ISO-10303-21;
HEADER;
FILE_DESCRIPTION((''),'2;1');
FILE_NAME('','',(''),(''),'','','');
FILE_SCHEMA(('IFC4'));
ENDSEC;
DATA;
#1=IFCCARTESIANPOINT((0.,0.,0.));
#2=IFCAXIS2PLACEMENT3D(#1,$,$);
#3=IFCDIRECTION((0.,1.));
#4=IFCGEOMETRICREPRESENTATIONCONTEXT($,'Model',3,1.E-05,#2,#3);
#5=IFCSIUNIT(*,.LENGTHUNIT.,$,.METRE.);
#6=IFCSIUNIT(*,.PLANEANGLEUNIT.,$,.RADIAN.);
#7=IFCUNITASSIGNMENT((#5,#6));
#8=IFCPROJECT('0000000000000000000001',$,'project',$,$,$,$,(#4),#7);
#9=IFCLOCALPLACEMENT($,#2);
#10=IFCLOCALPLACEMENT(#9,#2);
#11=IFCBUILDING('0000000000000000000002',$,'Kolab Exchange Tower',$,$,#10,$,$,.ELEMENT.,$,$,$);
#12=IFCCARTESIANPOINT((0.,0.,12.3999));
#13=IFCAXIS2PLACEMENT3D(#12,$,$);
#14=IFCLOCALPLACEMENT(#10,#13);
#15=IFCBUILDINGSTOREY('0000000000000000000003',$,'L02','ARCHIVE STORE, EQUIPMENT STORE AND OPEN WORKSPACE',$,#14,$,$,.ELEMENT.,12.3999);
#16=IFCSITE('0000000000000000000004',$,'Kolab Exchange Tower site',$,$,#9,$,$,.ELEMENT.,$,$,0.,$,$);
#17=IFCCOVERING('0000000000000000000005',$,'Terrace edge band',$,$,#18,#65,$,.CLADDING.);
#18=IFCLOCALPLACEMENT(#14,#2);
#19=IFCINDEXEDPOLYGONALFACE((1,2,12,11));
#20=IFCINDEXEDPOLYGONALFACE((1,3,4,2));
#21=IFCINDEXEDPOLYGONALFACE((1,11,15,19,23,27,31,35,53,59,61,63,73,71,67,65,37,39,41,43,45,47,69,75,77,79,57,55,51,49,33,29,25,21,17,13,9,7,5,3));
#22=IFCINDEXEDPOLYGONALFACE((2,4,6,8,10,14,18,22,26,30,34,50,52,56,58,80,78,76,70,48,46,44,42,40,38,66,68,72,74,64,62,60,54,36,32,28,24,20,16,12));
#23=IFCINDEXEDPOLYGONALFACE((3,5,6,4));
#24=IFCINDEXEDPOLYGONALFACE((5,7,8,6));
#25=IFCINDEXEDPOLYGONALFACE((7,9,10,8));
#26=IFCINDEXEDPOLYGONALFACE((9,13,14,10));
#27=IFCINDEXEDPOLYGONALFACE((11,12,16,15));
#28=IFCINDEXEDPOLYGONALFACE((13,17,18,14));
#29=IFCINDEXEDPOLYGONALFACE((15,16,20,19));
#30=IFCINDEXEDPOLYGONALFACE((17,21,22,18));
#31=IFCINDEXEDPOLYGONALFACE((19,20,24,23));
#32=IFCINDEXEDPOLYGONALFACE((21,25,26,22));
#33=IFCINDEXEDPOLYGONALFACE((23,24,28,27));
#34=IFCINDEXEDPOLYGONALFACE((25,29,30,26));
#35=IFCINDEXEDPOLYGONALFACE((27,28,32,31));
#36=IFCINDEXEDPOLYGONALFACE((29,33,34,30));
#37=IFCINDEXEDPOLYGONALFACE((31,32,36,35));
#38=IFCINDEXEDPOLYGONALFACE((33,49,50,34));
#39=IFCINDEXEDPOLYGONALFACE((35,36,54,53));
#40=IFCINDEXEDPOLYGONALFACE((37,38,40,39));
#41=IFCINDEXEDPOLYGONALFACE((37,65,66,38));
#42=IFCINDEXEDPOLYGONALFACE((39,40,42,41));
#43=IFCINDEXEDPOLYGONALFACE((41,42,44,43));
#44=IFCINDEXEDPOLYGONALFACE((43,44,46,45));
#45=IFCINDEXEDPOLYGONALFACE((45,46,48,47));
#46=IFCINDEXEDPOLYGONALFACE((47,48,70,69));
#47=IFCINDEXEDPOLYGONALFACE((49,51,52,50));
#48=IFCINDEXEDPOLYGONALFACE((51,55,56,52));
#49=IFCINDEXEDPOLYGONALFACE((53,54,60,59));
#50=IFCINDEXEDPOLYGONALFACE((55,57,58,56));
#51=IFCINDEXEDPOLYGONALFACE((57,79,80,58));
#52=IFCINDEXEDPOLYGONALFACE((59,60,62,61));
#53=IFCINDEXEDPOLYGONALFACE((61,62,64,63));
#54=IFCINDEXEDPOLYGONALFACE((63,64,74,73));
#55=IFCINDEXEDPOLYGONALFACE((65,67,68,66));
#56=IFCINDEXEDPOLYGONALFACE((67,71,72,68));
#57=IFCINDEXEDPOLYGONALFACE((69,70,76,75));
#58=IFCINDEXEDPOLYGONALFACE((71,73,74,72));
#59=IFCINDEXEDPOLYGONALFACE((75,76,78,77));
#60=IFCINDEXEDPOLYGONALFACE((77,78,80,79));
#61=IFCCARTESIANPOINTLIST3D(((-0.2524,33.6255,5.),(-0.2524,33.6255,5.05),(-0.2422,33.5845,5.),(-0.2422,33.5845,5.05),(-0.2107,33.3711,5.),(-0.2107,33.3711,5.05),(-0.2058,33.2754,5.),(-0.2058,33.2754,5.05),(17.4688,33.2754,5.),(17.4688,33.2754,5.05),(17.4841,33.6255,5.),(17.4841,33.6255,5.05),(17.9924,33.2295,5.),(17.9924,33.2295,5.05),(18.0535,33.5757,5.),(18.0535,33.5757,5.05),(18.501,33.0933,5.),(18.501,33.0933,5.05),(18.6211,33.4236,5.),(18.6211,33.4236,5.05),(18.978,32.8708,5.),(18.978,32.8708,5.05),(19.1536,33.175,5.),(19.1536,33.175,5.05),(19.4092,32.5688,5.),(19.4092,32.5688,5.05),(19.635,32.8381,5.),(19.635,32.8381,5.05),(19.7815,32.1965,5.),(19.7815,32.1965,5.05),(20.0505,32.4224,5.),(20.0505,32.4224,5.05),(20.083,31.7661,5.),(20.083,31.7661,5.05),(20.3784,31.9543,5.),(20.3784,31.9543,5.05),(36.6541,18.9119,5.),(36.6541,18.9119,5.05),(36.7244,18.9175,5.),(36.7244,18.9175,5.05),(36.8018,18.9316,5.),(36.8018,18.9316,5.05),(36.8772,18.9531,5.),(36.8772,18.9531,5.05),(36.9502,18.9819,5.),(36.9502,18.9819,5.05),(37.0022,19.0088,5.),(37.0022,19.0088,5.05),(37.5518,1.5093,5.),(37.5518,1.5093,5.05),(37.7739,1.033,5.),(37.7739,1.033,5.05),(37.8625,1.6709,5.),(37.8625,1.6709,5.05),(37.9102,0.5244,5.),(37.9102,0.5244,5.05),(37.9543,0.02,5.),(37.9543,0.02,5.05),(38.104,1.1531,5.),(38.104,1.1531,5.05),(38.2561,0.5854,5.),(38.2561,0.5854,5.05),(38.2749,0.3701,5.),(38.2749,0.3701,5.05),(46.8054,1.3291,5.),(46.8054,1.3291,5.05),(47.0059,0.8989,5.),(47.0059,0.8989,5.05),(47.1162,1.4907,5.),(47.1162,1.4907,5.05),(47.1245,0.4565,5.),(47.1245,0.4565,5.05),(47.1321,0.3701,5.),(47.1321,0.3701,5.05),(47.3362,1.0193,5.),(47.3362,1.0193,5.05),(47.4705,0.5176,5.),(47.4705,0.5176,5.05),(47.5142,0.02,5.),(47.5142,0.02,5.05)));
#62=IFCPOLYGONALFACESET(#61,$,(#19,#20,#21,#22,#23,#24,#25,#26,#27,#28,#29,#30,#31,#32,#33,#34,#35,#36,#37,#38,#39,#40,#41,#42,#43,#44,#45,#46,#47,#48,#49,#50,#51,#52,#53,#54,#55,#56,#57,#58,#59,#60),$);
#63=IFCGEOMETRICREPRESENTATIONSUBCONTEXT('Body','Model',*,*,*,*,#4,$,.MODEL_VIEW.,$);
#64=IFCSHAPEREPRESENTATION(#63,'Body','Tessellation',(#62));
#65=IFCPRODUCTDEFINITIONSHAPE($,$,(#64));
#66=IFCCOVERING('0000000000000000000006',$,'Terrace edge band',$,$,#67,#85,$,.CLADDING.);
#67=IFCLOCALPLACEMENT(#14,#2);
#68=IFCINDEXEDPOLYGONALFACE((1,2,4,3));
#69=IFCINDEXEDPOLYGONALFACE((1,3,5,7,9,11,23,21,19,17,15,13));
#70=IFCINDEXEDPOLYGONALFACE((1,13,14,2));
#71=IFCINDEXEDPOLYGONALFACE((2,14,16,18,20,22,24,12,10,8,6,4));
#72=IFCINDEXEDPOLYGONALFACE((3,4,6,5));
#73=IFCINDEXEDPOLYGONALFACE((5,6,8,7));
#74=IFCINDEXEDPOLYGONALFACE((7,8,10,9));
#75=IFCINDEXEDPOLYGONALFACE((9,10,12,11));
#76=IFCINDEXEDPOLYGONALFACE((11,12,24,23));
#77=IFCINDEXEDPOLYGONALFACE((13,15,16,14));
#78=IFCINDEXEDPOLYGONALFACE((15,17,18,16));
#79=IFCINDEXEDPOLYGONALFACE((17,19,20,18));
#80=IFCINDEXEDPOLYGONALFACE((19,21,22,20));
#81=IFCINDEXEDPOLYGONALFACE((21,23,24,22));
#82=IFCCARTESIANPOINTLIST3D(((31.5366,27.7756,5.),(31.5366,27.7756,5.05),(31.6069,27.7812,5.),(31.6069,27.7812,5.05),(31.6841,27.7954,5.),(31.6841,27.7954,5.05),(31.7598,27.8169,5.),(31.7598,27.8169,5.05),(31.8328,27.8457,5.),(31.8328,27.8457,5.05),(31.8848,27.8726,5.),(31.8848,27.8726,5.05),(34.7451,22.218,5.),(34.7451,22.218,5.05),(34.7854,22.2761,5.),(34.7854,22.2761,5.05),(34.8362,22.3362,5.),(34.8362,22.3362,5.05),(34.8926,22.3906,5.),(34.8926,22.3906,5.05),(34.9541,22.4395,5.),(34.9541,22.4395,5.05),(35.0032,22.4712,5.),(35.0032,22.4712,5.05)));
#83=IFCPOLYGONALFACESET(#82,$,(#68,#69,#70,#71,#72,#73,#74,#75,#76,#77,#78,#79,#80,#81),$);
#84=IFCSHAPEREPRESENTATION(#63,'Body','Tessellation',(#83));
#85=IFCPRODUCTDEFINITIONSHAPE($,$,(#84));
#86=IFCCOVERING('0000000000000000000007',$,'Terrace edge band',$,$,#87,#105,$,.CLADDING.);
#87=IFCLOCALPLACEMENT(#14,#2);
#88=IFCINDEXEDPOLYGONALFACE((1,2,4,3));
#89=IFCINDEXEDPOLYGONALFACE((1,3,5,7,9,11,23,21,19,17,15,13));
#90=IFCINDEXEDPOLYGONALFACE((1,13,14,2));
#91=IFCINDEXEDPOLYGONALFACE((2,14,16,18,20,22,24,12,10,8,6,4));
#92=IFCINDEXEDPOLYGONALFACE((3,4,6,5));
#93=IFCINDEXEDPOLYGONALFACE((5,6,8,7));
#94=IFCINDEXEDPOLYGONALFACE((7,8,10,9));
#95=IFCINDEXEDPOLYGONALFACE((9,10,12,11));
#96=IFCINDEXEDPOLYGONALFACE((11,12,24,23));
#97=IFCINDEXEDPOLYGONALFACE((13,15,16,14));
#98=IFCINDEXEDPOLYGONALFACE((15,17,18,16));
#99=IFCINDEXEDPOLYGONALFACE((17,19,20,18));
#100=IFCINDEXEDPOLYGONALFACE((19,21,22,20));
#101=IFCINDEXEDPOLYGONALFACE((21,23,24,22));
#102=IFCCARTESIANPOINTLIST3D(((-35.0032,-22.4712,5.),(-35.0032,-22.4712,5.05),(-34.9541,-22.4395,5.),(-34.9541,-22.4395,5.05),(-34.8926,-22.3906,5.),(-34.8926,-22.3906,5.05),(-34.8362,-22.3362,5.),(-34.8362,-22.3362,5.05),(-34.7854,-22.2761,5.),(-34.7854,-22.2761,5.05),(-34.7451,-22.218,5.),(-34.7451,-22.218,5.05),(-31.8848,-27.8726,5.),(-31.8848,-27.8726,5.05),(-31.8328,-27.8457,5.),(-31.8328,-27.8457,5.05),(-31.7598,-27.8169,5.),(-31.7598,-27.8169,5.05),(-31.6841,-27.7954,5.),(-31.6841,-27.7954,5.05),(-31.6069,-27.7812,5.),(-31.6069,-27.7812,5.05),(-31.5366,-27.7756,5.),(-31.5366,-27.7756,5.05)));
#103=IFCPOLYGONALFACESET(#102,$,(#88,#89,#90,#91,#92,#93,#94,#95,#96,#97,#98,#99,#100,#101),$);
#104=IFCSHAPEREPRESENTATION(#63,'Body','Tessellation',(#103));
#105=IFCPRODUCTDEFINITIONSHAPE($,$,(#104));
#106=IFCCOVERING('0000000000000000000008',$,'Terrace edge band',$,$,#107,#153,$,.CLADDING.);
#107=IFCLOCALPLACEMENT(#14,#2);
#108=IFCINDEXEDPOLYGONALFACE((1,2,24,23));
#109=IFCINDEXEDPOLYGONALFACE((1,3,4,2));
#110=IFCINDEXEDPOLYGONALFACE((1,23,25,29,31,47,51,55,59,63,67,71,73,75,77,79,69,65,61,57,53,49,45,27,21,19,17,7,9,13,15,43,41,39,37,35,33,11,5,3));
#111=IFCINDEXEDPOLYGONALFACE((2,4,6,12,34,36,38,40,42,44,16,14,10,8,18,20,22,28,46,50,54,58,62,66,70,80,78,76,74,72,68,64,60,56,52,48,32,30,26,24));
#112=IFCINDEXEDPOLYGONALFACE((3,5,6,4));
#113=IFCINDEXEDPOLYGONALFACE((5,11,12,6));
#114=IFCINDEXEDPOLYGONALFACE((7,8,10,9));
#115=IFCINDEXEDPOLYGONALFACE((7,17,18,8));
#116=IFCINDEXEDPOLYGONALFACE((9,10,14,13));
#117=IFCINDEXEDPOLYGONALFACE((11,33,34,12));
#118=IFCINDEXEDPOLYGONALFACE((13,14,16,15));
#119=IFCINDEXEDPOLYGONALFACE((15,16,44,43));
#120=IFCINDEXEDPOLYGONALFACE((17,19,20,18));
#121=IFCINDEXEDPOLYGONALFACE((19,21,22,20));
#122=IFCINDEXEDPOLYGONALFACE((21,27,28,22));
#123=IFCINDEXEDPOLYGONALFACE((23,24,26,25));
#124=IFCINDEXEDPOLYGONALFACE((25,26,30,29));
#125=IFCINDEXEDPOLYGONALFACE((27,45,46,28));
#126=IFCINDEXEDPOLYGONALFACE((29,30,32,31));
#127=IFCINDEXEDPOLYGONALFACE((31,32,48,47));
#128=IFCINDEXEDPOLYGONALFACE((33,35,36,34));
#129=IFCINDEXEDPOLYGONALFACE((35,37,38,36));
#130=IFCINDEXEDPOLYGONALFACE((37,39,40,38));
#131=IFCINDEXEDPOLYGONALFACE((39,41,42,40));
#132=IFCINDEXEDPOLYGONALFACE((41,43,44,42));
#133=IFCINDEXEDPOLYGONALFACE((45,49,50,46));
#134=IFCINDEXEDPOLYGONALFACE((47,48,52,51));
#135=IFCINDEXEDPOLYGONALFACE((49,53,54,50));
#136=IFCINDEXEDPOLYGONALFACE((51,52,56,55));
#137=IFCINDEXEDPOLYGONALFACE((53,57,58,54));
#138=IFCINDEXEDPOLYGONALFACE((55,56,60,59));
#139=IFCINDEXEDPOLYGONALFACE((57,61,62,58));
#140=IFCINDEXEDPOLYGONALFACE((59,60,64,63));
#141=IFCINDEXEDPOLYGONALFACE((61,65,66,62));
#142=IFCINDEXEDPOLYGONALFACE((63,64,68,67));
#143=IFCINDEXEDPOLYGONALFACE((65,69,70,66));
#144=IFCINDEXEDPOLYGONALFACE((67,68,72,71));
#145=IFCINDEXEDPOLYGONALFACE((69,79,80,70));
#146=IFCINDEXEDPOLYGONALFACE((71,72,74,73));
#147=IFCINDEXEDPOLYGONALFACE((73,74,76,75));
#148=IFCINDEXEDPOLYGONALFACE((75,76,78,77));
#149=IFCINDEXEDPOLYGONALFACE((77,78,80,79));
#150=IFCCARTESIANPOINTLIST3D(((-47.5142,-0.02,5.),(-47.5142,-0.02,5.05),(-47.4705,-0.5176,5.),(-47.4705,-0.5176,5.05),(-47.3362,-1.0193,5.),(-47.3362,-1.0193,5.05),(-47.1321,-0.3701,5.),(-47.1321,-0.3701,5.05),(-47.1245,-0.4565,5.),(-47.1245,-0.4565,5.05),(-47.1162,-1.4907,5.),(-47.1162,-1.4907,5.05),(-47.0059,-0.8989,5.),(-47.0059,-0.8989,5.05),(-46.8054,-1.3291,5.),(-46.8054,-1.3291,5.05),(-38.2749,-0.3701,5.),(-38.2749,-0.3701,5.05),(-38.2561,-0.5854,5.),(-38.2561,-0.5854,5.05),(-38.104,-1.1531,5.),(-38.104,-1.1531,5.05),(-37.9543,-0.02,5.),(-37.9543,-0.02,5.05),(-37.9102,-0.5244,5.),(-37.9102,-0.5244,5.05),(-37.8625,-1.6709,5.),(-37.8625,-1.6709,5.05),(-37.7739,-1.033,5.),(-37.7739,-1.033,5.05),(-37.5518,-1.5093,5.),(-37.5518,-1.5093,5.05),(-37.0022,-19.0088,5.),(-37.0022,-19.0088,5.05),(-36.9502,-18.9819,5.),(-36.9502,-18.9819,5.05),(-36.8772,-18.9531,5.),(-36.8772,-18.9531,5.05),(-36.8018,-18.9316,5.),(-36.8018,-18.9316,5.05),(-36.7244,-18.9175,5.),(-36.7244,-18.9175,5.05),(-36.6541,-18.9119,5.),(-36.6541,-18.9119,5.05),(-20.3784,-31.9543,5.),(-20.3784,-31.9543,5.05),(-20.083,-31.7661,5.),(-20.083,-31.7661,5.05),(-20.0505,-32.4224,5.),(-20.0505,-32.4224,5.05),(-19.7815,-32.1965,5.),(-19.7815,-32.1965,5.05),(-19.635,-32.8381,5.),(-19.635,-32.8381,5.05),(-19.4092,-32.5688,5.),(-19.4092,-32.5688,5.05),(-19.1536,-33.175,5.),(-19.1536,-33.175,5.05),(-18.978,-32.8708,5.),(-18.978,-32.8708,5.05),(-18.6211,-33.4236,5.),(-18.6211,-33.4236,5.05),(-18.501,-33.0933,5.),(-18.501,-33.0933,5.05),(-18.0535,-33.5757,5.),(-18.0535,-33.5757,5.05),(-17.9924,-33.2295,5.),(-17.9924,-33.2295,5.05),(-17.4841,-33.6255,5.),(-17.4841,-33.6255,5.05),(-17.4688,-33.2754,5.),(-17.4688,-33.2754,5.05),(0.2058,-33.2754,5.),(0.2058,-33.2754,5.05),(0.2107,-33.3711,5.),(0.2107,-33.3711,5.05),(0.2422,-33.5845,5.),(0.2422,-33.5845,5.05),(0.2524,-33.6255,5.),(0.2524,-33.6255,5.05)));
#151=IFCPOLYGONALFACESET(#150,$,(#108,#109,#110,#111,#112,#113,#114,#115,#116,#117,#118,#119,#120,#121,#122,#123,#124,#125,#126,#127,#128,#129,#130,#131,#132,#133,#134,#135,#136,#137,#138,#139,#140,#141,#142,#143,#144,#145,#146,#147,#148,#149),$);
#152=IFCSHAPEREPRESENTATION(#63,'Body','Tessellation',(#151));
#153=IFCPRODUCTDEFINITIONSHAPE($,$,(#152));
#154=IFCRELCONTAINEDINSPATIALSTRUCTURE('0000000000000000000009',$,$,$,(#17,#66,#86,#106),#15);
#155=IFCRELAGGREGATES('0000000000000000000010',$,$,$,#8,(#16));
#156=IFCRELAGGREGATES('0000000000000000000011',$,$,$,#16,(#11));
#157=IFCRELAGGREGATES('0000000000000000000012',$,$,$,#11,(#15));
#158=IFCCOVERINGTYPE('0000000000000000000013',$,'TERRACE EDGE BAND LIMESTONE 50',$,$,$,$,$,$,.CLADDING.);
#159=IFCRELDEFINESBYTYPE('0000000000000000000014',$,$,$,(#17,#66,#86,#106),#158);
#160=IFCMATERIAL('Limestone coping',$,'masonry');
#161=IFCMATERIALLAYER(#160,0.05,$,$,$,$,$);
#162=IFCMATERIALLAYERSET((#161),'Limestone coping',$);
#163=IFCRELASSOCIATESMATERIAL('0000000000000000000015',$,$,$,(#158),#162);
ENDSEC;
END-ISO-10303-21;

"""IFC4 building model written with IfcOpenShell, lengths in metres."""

from ifc_helpers import new_model, si_unit, direction, frame, origin, place, context, subcontext, project, spatial, polyline, outline, extrude, material, layer, layer_set, type_object, element, save


model = new_model("IFC4")

# Units and contexts
model_context = context("Model", 3, precision=1e-05, world=origin(), true_north=direction((0.0, 1.0)))
body_context = subcontext(model_context, "Body", "Model", "MODEL_VIEW")
ifc_project = project(units=[si_unit("LENGTHUNIT", "METRE"), si_unit("PLANEANGLEUNIT", "RADIAN")], contexts=[model_context])

# Site, building, storey
site_placement = place(None, origin())
site = spatial("IfcSite", under=ifc_project, at=site_placement, Name="Kolab Exchange Tower site", CompositionType="ELEMENT", RefElevation=0.0)
building_placement = place(site_placement, origin())
building = spatial("IfcBuilding", under=site, at=building_placement, Name="Kolab Exchange Tower", CompositionType="ELEMENT")
storey_placement = place(building_placement, frame((0.0, 0.0, 12.3999)))
storey = spatial("IfcBuildingStorey", under=building, at=storey_placement, Name="L02", Description="ARCHIVE STORE, EQUIPMENT STORE AND OPEN WORKSPACE", CompositionType="ELEMENT", Elevation=12.3999)

# Coverings
ifc_material_1 = material(Name="Limestone coping", Category="masonry")
ifc_layer_1 = layer(ifc_material_1, 0.05)
ifc_layer_set_1 = layer_set([ifc_layer_1], Name="Limestone coping")
covering_type_1 = type_object("IfcCoveringType", Name="TERRACE EDGE BAND LIMESTONE 50", PredefinedType="CLADDING", material=ifc_layer_set_1)
covering_1_placement = place(storey_placement, frame((0.0, 0.0, 5.0)))
element("IfcCovering", 1, at=covering_1_placement, inside=storey, type_object=covering_type_1, Name="Terrace edge band", PredefinedType="CLADDING", context=body_context, shape_type="SweptSolid", body=[
    extrude(outline(polyline([(47.1162, 1.4907), (47.3362, 1.0193), (47.4705, 0.5176), (47.5142, 0.02), (37.9543, 0.02), (37.9102, 0.5244), (37.7739, 1.033), (37.5518, 1.5093), (20.083, 31.7661), (19.7815, 32.1965), (19.4092, 32.5688), (18.978, 32.8708), (18.501, 33.0933), (17.9924, 33.2295), (17.4688, 33.2754), (-0.2058, 33.2754), (-0.2107, 33.3711), (-0.2422, 33.5845), (-0.2524, 33.6255), (17.4841, 33.6255), (18.0535, 33.5757), (18.6211, 33.4236), (19.1536, 33.175), (19.635, 32.8381), (20.0505, 32.4224), (20.3784, 31.9543), (37.8625, 1.6709), (38.104, 1.1531), (38.2561, 0.5854), (38.2749, 0.3701), (47.1321, 0.3701), (47.1245, 0.4565), (47.0059, 0.8989), (46.8054, 1.3291), (36.6541, 18.9119), (36.7244, 18.9175), (36.8018, 18.9316), (36.8772, 18.9531), (36.9502, 18.9819), (37.0022, 19.0088), (47.1162, 1.4907)])), origin(), (0.0, 0.0, 1.0), 0.05),
])
covering_2_placement = place(storey_placement, frame((0.0, 0.0, 5.0)))
element("IfcCovering", 2, at=covering_2_placement, inside=storey, type_object=covering_type_1, Name="Terrace edge band", PredefinedType="CLADDING", context=body_context, shape_type="SweptSolid", body=[
    extrude(outline(polyline([(35.0032, 22.4712), (34.9541, 22.4395), (34.8926, 22.3906), (34.8362, 22.3362), (34.7854, 22.2761), (34.7451, 22.218), (31.5366, 27.7756), (31.6069, 27.7812), (31.6841, 27.7954), (31.7598, 27.8169), (31.8328, 27.8457), (31.8848, 27.8726), (35.0032, 22.4712)])), origin(), (0.0, 0.0, 1.0), 0.05),
])
covering_3_placement = place(storey_placement, frame((0.0, 0.0, 5.0)))
element("IfcCovering", 3, at=covering_3_placement, inside=storey, type_object=covering_type_1, Name="Terrace edge band", PredefinedType="CLADDING", context=body_context, shape_type="SweptSolid", body=[
    extrude(outline(polyline([(-35.0032, -22.4712), (-34.9541, -22.4395), (-34.8926, -22.3906), (-34.8362, -22.3362), (-34.7854, -22.2761), (-34.7451, -22.218), (-31.5366, -27.7756), (-31.6069, -27.7812), (-31.6841, -27.7954), (-31.7598, -27.8169), (-31.8328, -27.8457), (-31.8848, -27.8726), (-35.0032, -22.4712)])), origin(), (0.0, 0.0, 1.0), 0.05),
])
covering_4_placement = place(storey_placement, frame((0.0, 0.0, 5.0)))
element("IfcCovering", 4, at=covering_4_placement, inside=storey, type_object=covering_type_1, Name="Terrace edge band", PredefinedType="CLADDING", context=body_context, shape_type="SweptSolid", body=[
    extrude(outline(polyline([(-47.1162, -1.4907), (-47.3362, -1.0193), (-47.4705, -0.5176), (-47.5142, -0.02), (-37.9543, -0.02), (-37.9102, -0.5244), (-37.7739, -1.033), (-37.5518, -1.5093), (-20.083, -31.7661), (-19.7815, -32.1965), (-19.4092, -32.5688), (-18.978, -32.8708), (-18.501, -33.0933), (-17.9924, -33.2295), (-17.4688, -33.2754), (0.2058, -33.2754), (0.2107, -33.3711), (0.2422, -33.5845), (0.2524, -33.6255), (-17.4841, -33.6255), (-18.0535, -33.5757), (-18.6211, -33.4236), (-19.1536, -33.175), (-19.635, -32.8381), (-20.0505, -32.4224), (-20.3784, -31.9543), (-37.8625, -1.6709), (-38.104, -1.1531), (-38.2561, -0.5854), (-38.2749, -0.3701), (-47.1321, -0.3701), (-47.1245, -0.4565), (-47.0059, -0.8989), (-46.8054, -1.3291), (-36.6541, -18.9119), (-36.7244, -18.9175), (-36.8018, -18.9316), (-36.8772, -18.9531), (-36.9502, -18.9819), (-37.0022, -19.0088), (-47.1162, -1.4907)])), origin(), (0.0, 0.0, 1.0), 0.05),
])

save(model, "model.ifc")
